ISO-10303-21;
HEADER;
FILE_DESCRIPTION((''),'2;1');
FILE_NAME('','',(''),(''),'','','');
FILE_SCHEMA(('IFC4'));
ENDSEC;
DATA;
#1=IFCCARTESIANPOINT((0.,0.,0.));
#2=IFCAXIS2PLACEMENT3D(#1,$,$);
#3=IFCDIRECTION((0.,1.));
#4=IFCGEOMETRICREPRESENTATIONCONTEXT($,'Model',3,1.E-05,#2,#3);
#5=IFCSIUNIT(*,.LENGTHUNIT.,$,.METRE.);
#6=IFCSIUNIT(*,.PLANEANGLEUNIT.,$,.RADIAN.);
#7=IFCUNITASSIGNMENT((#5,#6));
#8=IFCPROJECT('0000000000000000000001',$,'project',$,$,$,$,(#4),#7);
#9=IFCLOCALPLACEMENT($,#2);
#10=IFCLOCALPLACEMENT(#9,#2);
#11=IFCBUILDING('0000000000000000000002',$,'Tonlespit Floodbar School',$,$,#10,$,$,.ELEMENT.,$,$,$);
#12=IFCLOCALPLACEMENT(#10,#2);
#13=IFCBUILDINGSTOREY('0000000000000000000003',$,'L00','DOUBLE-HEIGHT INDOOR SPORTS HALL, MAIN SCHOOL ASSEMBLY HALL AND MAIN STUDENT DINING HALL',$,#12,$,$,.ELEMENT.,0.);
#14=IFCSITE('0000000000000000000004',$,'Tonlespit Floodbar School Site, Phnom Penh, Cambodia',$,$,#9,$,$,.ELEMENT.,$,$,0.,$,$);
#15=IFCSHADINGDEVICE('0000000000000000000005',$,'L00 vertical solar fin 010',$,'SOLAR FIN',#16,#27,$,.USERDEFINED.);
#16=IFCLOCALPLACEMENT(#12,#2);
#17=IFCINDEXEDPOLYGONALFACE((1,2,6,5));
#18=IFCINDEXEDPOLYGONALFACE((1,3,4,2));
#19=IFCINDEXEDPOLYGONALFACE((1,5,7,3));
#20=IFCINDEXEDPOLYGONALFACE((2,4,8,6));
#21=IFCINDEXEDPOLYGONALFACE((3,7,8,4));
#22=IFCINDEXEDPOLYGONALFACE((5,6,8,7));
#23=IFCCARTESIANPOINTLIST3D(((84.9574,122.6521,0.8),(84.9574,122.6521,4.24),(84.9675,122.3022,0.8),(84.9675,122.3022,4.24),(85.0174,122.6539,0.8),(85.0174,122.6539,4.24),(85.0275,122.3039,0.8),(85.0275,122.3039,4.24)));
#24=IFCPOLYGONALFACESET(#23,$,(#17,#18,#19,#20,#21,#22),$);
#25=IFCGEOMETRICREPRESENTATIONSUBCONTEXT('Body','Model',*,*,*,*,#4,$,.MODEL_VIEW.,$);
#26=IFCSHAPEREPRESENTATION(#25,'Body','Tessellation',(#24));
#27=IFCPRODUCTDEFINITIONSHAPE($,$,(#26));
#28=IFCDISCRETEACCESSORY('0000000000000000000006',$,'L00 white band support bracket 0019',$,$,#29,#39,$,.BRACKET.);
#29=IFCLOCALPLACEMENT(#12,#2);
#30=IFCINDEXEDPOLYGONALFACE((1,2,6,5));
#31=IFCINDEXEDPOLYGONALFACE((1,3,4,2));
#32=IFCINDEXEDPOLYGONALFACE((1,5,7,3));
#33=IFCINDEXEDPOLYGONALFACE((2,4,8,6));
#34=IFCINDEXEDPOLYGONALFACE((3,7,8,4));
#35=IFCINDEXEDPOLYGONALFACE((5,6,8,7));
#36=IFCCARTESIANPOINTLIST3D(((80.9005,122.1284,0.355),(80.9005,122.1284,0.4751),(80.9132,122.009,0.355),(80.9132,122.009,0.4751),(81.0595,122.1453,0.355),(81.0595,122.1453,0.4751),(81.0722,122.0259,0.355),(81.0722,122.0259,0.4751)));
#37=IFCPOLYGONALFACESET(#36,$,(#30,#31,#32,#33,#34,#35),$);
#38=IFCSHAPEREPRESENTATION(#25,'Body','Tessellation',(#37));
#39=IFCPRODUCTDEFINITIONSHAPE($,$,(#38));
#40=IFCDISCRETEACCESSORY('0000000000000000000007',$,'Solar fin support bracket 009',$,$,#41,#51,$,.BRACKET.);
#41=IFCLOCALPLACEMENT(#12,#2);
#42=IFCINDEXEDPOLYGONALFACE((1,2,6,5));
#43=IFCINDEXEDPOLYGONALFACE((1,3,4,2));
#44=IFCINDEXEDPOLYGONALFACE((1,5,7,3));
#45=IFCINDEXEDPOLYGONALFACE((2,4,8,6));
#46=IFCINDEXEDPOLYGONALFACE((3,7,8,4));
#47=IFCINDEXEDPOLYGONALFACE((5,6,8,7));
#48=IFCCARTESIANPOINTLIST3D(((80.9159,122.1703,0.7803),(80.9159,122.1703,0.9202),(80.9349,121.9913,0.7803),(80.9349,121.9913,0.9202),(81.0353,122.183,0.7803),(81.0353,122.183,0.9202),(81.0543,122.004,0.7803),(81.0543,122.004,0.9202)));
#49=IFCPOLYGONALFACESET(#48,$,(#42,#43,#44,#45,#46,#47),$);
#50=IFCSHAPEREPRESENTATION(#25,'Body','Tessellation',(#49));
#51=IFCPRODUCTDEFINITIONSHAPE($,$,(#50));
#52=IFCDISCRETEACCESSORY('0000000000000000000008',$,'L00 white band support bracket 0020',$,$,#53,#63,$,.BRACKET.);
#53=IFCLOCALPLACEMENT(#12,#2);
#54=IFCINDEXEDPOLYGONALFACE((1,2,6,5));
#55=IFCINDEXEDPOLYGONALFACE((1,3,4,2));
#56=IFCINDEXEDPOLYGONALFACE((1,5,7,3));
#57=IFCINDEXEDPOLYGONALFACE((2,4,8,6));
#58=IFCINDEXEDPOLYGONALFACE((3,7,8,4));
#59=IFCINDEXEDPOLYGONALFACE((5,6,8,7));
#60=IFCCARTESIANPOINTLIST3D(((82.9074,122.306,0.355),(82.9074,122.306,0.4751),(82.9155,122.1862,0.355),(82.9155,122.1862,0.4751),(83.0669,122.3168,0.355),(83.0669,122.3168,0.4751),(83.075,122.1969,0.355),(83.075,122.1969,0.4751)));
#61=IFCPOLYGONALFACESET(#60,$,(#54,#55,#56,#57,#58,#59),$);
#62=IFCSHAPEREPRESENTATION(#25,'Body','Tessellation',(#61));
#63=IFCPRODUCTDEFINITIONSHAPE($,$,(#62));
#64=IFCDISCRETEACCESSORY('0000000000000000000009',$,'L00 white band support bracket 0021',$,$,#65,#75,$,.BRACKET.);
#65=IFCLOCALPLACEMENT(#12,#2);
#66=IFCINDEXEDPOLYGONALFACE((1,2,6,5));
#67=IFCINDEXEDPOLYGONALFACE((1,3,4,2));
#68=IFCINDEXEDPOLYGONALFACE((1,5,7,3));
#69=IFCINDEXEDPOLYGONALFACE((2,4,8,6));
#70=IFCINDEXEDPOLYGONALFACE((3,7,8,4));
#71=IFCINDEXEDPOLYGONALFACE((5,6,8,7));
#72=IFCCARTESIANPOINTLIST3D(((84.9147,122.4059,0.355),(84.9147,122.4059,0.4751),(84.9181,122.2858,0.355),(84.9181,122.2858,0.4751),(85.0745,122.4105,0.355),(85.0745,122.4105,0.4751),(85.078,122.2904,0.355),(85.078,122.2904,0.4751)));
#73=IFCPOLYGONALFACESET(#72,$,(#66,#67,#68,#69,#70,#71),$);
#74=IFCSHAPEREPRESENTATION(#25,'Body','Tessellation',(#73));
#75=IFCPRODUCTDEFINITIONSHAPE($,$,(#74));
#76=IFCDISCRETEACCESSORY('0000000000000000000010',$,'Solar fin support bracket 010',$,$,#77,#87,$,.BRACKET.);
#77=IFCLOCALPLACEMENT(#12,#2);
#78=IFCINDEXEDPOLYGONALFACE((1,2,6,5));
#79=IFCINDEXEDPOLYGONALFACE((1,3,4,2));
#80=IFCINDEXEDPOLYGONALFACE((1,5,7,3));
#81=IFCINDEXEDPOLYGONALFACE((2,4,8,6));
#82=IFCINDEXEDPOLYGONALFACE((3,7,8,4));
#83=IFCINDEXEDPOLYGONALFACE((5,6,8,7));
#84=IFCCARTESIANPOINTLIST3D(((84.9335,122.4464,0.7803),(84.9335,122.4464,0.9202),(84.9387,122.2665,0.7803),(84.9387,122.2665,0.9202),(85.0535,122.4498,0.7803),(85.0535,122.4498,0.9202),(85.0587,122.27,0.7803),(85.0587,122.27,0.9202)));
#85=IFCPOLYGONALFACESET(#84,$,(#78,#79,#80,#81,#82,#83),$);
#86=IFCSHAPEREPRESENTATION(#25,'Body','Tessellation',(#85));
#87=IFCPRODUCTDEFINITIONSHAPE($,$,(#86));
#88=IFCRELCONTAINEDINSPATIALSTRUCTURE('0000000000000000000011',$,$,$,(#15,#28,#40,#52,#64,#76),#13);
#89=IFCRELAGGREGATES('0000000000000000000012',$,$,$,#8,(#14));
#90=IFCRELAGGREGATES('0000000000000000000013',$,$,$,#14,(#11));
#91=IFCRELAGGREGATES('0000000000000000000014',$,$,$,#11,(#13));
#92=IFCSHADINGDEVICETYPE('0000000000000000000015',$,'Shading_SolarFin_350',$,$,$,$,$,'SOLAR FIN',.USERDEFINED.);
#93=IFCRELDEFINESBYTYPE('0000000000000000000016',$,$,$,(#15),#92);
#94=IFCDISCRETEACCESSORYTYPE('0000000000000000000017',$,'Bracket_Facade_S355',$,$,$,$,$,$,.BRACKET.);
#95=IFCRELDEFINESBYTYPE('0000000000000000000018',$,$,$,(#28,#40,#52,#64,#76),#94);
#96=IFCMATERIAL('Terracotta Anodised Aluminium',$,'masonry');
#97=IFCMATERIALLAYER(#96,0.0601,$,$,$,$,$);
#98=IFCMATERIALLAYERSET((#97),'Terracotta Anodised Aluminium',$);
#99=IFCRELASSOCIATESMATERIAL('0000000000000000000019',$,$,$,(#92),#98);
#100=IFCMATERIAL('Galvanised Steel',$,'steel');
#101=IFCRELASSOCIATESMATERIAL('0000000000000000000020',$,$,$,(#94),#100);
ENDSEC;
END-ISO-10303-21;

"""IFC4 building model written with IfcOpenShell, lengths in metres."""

from ifc_helpers import new_model, si_unit, direction, frame, origin, origin_2d, place, context, subcontext, project, spatial, rectangle, extrude, material, layer, layer_set, type_object, element, save


model = new_model("IFC4")

# Units and contexts
model_context = context("Model", 3, precision=1e-05, world=origin(), true_north=direction((0.0, 1.0)))
body_context = subcontext(model_context, "Body", "Model", "MODEL_VIEW")
ifc_project = project(units=[si_unit("LENGTHUNIT", "METRE"), si_unit("PLANEANGLEUNIT", "RADIAN")], contexts=[model_context])

# Site, building, storey
site_placement = place(None, origin())
site = spatial("IfcSite", under=ifc_project, at=site_placement, Name="Tonlespit Floodbar School Site, Phnom Penh, Cambodia", CompositionType="ELEMENT", RefElevation=0.0)
building_placement = place(site_placement, origin())
building = spatial("IfcBuilding", under=site, at=building_placement, Name="Tonlespit Floodbar School", CompositionType="ELEMENT")
storey_placement = place(building_placement, origin())
storey = spatial("IfcBuildingStorey", under=building, at=storey_placement, Name="L00", Description="DOUBLE-HEIGHT INDOOR SPORTS HALL, MAIN SCHOOL ASSEMBLY HALL AND MAIN STUDENT DINING HALL", CompositionType="ELEMENT", Elevation=0.0)

# Shading device
ifc_material_1 = material(Name="Terracotta Anodised Aluminium", Category="masonry")
ifc_layer_1 = layer(ifc_material_1, 0.0601)
ifc_layer_set_1 = layer_set([ifc_layer_1], Name="Terracotta Anodised Aluminium")
shading_device_type = type_object("IfcShadingDeviceType", Name="Shading_SolarFin_350", ElementType="SOLAR FIN", PredefinedType="USERDEFINED", material=ifc_layer_set_1)
for number, where, z_axis, x_axis, name in (
    (1, (84.9924, 122.478, 0.8), (0.0, 0.0, 1.0), (0.999584, 0.028838, 0.0), "L00 vertical solar fin 010"),
):
    element("IfcShadingDevice", number, at=place(storey_placement, frame(where, z_axis=z_axis, x_axis=x_axis)), inside=storey, type_object=shading_device_type, Name=name, ObjectType="SOLAR FIN", PredefinedType="USERDEFINED", context=body_context, shape_type="SweptSolid", body=[
        extrude(rectangle(XDim=0.0601, YDim=0.3501, at=origin_2d()), origin(), (0.0, 0.0, 1.0), 3.4399),
    ])

# Discrete accessories
ifc_material_2 = material(Name="Galvanised Steel", Category="steel")
discrete_accessory_type = type_object("IfcDiscreteAccessoryType", Name="Bracket_Facade_S355", PredefinedType="BRACKET", material=ifc_material_2)
discrete_accessory_1_placement = place(storey_placement, frame((80.9863, 122.0771, 0.355), z_axis=(0.0, 0.0, 1.0), x_axis=(0.994392, 0.105754, 0.0)))
element("IfcDiscreteAccessory", 2, at=discrete_accessory_1_placement, inside=storey, type_object=discrete_accessory_type, Name="L00 white band support bracket 0019", PredefinedType="BRACKET", context=body_context, shape_type="SweptSolid", body=[
    extrude(rectangle(XDim=0.1599, YDim=0.1201, at=origin_2d()), origin(), (0.0, 0.0, 1.0), 0.1201),
])
discrete_accessory_2_placement = place(storey_placement, frame((80.9851, 122.0872, 0.7803), z_axis=(0.0, 0.0, 1.0), x_axis=(0.994392, 0.105754, 0.0)))
element("IfcDiscreteAccessory", 3, at=discrete_accessory_2_placement, inside=storey, type_object=discrete_accessory_type, Name="Solar fin support bracket 009", PredefinedType="BRACKET", context=body_context, shape_type="SweptSolid", body=[
    extrude(rectangle(XDim=0.1201, YDim=0.1799, at=origin_2d()), origin(), (0.0, 0.0, 1.0), 0.1399),
])
for number, where, z_axis, x_axis, name in (
    (4, (82.9912, 122.2515, 0.355), (0.0, 0.0, 1.0), (0.99773, 0.067347, 0.0), "L00 white band support bracket 0020"),
    (5, (84.9963, 122.3481, 0.355), (0.0, 0.0, 1.0), (0.999584, 0.028838, 0.0), "L00 white band support bracket 0021"),
):
    element("IfcDiscreteAccessory", number, at=place(storey_placement, frame(where, z_axis=z_axis, x_axis=x_axis)), inside=storey, type_object=discrete_accessory_type, Name=name, PredefinedType="BRACKET", context=body_context, shape_type="SweptSolid", body=[
        extrude(rectangle(XDim=0.1599, YDim=0.1201, at=origin_2d()), origin(), (0.0, 0.0, 1.0), 0.1201),
    ])
discrete_accessory_3_placement = place(storey_placement, frame((84.9961, 122.3582, 0.7803), z_axis=(0.0, 0.0, 1.0), x_axis=(0.999584, 0.028838, 0.0)))
element("IfcDiscreteAccessory", 6, at=discrete_accessory_3_placement, inside=storey, type_object=discrete_accessory_type, Name="Solar fin support bracket 010", PredefinedType="BRACKET", context=body_context, shape_type="SweptSolid", body=[
    extrude(rectangle(XDim=0.1201, YDim=0.1799, at=origin_2d()), origin(), (0.0, 0.0, 1.0), 0.1399),
])

save(model, "model.ifc")
